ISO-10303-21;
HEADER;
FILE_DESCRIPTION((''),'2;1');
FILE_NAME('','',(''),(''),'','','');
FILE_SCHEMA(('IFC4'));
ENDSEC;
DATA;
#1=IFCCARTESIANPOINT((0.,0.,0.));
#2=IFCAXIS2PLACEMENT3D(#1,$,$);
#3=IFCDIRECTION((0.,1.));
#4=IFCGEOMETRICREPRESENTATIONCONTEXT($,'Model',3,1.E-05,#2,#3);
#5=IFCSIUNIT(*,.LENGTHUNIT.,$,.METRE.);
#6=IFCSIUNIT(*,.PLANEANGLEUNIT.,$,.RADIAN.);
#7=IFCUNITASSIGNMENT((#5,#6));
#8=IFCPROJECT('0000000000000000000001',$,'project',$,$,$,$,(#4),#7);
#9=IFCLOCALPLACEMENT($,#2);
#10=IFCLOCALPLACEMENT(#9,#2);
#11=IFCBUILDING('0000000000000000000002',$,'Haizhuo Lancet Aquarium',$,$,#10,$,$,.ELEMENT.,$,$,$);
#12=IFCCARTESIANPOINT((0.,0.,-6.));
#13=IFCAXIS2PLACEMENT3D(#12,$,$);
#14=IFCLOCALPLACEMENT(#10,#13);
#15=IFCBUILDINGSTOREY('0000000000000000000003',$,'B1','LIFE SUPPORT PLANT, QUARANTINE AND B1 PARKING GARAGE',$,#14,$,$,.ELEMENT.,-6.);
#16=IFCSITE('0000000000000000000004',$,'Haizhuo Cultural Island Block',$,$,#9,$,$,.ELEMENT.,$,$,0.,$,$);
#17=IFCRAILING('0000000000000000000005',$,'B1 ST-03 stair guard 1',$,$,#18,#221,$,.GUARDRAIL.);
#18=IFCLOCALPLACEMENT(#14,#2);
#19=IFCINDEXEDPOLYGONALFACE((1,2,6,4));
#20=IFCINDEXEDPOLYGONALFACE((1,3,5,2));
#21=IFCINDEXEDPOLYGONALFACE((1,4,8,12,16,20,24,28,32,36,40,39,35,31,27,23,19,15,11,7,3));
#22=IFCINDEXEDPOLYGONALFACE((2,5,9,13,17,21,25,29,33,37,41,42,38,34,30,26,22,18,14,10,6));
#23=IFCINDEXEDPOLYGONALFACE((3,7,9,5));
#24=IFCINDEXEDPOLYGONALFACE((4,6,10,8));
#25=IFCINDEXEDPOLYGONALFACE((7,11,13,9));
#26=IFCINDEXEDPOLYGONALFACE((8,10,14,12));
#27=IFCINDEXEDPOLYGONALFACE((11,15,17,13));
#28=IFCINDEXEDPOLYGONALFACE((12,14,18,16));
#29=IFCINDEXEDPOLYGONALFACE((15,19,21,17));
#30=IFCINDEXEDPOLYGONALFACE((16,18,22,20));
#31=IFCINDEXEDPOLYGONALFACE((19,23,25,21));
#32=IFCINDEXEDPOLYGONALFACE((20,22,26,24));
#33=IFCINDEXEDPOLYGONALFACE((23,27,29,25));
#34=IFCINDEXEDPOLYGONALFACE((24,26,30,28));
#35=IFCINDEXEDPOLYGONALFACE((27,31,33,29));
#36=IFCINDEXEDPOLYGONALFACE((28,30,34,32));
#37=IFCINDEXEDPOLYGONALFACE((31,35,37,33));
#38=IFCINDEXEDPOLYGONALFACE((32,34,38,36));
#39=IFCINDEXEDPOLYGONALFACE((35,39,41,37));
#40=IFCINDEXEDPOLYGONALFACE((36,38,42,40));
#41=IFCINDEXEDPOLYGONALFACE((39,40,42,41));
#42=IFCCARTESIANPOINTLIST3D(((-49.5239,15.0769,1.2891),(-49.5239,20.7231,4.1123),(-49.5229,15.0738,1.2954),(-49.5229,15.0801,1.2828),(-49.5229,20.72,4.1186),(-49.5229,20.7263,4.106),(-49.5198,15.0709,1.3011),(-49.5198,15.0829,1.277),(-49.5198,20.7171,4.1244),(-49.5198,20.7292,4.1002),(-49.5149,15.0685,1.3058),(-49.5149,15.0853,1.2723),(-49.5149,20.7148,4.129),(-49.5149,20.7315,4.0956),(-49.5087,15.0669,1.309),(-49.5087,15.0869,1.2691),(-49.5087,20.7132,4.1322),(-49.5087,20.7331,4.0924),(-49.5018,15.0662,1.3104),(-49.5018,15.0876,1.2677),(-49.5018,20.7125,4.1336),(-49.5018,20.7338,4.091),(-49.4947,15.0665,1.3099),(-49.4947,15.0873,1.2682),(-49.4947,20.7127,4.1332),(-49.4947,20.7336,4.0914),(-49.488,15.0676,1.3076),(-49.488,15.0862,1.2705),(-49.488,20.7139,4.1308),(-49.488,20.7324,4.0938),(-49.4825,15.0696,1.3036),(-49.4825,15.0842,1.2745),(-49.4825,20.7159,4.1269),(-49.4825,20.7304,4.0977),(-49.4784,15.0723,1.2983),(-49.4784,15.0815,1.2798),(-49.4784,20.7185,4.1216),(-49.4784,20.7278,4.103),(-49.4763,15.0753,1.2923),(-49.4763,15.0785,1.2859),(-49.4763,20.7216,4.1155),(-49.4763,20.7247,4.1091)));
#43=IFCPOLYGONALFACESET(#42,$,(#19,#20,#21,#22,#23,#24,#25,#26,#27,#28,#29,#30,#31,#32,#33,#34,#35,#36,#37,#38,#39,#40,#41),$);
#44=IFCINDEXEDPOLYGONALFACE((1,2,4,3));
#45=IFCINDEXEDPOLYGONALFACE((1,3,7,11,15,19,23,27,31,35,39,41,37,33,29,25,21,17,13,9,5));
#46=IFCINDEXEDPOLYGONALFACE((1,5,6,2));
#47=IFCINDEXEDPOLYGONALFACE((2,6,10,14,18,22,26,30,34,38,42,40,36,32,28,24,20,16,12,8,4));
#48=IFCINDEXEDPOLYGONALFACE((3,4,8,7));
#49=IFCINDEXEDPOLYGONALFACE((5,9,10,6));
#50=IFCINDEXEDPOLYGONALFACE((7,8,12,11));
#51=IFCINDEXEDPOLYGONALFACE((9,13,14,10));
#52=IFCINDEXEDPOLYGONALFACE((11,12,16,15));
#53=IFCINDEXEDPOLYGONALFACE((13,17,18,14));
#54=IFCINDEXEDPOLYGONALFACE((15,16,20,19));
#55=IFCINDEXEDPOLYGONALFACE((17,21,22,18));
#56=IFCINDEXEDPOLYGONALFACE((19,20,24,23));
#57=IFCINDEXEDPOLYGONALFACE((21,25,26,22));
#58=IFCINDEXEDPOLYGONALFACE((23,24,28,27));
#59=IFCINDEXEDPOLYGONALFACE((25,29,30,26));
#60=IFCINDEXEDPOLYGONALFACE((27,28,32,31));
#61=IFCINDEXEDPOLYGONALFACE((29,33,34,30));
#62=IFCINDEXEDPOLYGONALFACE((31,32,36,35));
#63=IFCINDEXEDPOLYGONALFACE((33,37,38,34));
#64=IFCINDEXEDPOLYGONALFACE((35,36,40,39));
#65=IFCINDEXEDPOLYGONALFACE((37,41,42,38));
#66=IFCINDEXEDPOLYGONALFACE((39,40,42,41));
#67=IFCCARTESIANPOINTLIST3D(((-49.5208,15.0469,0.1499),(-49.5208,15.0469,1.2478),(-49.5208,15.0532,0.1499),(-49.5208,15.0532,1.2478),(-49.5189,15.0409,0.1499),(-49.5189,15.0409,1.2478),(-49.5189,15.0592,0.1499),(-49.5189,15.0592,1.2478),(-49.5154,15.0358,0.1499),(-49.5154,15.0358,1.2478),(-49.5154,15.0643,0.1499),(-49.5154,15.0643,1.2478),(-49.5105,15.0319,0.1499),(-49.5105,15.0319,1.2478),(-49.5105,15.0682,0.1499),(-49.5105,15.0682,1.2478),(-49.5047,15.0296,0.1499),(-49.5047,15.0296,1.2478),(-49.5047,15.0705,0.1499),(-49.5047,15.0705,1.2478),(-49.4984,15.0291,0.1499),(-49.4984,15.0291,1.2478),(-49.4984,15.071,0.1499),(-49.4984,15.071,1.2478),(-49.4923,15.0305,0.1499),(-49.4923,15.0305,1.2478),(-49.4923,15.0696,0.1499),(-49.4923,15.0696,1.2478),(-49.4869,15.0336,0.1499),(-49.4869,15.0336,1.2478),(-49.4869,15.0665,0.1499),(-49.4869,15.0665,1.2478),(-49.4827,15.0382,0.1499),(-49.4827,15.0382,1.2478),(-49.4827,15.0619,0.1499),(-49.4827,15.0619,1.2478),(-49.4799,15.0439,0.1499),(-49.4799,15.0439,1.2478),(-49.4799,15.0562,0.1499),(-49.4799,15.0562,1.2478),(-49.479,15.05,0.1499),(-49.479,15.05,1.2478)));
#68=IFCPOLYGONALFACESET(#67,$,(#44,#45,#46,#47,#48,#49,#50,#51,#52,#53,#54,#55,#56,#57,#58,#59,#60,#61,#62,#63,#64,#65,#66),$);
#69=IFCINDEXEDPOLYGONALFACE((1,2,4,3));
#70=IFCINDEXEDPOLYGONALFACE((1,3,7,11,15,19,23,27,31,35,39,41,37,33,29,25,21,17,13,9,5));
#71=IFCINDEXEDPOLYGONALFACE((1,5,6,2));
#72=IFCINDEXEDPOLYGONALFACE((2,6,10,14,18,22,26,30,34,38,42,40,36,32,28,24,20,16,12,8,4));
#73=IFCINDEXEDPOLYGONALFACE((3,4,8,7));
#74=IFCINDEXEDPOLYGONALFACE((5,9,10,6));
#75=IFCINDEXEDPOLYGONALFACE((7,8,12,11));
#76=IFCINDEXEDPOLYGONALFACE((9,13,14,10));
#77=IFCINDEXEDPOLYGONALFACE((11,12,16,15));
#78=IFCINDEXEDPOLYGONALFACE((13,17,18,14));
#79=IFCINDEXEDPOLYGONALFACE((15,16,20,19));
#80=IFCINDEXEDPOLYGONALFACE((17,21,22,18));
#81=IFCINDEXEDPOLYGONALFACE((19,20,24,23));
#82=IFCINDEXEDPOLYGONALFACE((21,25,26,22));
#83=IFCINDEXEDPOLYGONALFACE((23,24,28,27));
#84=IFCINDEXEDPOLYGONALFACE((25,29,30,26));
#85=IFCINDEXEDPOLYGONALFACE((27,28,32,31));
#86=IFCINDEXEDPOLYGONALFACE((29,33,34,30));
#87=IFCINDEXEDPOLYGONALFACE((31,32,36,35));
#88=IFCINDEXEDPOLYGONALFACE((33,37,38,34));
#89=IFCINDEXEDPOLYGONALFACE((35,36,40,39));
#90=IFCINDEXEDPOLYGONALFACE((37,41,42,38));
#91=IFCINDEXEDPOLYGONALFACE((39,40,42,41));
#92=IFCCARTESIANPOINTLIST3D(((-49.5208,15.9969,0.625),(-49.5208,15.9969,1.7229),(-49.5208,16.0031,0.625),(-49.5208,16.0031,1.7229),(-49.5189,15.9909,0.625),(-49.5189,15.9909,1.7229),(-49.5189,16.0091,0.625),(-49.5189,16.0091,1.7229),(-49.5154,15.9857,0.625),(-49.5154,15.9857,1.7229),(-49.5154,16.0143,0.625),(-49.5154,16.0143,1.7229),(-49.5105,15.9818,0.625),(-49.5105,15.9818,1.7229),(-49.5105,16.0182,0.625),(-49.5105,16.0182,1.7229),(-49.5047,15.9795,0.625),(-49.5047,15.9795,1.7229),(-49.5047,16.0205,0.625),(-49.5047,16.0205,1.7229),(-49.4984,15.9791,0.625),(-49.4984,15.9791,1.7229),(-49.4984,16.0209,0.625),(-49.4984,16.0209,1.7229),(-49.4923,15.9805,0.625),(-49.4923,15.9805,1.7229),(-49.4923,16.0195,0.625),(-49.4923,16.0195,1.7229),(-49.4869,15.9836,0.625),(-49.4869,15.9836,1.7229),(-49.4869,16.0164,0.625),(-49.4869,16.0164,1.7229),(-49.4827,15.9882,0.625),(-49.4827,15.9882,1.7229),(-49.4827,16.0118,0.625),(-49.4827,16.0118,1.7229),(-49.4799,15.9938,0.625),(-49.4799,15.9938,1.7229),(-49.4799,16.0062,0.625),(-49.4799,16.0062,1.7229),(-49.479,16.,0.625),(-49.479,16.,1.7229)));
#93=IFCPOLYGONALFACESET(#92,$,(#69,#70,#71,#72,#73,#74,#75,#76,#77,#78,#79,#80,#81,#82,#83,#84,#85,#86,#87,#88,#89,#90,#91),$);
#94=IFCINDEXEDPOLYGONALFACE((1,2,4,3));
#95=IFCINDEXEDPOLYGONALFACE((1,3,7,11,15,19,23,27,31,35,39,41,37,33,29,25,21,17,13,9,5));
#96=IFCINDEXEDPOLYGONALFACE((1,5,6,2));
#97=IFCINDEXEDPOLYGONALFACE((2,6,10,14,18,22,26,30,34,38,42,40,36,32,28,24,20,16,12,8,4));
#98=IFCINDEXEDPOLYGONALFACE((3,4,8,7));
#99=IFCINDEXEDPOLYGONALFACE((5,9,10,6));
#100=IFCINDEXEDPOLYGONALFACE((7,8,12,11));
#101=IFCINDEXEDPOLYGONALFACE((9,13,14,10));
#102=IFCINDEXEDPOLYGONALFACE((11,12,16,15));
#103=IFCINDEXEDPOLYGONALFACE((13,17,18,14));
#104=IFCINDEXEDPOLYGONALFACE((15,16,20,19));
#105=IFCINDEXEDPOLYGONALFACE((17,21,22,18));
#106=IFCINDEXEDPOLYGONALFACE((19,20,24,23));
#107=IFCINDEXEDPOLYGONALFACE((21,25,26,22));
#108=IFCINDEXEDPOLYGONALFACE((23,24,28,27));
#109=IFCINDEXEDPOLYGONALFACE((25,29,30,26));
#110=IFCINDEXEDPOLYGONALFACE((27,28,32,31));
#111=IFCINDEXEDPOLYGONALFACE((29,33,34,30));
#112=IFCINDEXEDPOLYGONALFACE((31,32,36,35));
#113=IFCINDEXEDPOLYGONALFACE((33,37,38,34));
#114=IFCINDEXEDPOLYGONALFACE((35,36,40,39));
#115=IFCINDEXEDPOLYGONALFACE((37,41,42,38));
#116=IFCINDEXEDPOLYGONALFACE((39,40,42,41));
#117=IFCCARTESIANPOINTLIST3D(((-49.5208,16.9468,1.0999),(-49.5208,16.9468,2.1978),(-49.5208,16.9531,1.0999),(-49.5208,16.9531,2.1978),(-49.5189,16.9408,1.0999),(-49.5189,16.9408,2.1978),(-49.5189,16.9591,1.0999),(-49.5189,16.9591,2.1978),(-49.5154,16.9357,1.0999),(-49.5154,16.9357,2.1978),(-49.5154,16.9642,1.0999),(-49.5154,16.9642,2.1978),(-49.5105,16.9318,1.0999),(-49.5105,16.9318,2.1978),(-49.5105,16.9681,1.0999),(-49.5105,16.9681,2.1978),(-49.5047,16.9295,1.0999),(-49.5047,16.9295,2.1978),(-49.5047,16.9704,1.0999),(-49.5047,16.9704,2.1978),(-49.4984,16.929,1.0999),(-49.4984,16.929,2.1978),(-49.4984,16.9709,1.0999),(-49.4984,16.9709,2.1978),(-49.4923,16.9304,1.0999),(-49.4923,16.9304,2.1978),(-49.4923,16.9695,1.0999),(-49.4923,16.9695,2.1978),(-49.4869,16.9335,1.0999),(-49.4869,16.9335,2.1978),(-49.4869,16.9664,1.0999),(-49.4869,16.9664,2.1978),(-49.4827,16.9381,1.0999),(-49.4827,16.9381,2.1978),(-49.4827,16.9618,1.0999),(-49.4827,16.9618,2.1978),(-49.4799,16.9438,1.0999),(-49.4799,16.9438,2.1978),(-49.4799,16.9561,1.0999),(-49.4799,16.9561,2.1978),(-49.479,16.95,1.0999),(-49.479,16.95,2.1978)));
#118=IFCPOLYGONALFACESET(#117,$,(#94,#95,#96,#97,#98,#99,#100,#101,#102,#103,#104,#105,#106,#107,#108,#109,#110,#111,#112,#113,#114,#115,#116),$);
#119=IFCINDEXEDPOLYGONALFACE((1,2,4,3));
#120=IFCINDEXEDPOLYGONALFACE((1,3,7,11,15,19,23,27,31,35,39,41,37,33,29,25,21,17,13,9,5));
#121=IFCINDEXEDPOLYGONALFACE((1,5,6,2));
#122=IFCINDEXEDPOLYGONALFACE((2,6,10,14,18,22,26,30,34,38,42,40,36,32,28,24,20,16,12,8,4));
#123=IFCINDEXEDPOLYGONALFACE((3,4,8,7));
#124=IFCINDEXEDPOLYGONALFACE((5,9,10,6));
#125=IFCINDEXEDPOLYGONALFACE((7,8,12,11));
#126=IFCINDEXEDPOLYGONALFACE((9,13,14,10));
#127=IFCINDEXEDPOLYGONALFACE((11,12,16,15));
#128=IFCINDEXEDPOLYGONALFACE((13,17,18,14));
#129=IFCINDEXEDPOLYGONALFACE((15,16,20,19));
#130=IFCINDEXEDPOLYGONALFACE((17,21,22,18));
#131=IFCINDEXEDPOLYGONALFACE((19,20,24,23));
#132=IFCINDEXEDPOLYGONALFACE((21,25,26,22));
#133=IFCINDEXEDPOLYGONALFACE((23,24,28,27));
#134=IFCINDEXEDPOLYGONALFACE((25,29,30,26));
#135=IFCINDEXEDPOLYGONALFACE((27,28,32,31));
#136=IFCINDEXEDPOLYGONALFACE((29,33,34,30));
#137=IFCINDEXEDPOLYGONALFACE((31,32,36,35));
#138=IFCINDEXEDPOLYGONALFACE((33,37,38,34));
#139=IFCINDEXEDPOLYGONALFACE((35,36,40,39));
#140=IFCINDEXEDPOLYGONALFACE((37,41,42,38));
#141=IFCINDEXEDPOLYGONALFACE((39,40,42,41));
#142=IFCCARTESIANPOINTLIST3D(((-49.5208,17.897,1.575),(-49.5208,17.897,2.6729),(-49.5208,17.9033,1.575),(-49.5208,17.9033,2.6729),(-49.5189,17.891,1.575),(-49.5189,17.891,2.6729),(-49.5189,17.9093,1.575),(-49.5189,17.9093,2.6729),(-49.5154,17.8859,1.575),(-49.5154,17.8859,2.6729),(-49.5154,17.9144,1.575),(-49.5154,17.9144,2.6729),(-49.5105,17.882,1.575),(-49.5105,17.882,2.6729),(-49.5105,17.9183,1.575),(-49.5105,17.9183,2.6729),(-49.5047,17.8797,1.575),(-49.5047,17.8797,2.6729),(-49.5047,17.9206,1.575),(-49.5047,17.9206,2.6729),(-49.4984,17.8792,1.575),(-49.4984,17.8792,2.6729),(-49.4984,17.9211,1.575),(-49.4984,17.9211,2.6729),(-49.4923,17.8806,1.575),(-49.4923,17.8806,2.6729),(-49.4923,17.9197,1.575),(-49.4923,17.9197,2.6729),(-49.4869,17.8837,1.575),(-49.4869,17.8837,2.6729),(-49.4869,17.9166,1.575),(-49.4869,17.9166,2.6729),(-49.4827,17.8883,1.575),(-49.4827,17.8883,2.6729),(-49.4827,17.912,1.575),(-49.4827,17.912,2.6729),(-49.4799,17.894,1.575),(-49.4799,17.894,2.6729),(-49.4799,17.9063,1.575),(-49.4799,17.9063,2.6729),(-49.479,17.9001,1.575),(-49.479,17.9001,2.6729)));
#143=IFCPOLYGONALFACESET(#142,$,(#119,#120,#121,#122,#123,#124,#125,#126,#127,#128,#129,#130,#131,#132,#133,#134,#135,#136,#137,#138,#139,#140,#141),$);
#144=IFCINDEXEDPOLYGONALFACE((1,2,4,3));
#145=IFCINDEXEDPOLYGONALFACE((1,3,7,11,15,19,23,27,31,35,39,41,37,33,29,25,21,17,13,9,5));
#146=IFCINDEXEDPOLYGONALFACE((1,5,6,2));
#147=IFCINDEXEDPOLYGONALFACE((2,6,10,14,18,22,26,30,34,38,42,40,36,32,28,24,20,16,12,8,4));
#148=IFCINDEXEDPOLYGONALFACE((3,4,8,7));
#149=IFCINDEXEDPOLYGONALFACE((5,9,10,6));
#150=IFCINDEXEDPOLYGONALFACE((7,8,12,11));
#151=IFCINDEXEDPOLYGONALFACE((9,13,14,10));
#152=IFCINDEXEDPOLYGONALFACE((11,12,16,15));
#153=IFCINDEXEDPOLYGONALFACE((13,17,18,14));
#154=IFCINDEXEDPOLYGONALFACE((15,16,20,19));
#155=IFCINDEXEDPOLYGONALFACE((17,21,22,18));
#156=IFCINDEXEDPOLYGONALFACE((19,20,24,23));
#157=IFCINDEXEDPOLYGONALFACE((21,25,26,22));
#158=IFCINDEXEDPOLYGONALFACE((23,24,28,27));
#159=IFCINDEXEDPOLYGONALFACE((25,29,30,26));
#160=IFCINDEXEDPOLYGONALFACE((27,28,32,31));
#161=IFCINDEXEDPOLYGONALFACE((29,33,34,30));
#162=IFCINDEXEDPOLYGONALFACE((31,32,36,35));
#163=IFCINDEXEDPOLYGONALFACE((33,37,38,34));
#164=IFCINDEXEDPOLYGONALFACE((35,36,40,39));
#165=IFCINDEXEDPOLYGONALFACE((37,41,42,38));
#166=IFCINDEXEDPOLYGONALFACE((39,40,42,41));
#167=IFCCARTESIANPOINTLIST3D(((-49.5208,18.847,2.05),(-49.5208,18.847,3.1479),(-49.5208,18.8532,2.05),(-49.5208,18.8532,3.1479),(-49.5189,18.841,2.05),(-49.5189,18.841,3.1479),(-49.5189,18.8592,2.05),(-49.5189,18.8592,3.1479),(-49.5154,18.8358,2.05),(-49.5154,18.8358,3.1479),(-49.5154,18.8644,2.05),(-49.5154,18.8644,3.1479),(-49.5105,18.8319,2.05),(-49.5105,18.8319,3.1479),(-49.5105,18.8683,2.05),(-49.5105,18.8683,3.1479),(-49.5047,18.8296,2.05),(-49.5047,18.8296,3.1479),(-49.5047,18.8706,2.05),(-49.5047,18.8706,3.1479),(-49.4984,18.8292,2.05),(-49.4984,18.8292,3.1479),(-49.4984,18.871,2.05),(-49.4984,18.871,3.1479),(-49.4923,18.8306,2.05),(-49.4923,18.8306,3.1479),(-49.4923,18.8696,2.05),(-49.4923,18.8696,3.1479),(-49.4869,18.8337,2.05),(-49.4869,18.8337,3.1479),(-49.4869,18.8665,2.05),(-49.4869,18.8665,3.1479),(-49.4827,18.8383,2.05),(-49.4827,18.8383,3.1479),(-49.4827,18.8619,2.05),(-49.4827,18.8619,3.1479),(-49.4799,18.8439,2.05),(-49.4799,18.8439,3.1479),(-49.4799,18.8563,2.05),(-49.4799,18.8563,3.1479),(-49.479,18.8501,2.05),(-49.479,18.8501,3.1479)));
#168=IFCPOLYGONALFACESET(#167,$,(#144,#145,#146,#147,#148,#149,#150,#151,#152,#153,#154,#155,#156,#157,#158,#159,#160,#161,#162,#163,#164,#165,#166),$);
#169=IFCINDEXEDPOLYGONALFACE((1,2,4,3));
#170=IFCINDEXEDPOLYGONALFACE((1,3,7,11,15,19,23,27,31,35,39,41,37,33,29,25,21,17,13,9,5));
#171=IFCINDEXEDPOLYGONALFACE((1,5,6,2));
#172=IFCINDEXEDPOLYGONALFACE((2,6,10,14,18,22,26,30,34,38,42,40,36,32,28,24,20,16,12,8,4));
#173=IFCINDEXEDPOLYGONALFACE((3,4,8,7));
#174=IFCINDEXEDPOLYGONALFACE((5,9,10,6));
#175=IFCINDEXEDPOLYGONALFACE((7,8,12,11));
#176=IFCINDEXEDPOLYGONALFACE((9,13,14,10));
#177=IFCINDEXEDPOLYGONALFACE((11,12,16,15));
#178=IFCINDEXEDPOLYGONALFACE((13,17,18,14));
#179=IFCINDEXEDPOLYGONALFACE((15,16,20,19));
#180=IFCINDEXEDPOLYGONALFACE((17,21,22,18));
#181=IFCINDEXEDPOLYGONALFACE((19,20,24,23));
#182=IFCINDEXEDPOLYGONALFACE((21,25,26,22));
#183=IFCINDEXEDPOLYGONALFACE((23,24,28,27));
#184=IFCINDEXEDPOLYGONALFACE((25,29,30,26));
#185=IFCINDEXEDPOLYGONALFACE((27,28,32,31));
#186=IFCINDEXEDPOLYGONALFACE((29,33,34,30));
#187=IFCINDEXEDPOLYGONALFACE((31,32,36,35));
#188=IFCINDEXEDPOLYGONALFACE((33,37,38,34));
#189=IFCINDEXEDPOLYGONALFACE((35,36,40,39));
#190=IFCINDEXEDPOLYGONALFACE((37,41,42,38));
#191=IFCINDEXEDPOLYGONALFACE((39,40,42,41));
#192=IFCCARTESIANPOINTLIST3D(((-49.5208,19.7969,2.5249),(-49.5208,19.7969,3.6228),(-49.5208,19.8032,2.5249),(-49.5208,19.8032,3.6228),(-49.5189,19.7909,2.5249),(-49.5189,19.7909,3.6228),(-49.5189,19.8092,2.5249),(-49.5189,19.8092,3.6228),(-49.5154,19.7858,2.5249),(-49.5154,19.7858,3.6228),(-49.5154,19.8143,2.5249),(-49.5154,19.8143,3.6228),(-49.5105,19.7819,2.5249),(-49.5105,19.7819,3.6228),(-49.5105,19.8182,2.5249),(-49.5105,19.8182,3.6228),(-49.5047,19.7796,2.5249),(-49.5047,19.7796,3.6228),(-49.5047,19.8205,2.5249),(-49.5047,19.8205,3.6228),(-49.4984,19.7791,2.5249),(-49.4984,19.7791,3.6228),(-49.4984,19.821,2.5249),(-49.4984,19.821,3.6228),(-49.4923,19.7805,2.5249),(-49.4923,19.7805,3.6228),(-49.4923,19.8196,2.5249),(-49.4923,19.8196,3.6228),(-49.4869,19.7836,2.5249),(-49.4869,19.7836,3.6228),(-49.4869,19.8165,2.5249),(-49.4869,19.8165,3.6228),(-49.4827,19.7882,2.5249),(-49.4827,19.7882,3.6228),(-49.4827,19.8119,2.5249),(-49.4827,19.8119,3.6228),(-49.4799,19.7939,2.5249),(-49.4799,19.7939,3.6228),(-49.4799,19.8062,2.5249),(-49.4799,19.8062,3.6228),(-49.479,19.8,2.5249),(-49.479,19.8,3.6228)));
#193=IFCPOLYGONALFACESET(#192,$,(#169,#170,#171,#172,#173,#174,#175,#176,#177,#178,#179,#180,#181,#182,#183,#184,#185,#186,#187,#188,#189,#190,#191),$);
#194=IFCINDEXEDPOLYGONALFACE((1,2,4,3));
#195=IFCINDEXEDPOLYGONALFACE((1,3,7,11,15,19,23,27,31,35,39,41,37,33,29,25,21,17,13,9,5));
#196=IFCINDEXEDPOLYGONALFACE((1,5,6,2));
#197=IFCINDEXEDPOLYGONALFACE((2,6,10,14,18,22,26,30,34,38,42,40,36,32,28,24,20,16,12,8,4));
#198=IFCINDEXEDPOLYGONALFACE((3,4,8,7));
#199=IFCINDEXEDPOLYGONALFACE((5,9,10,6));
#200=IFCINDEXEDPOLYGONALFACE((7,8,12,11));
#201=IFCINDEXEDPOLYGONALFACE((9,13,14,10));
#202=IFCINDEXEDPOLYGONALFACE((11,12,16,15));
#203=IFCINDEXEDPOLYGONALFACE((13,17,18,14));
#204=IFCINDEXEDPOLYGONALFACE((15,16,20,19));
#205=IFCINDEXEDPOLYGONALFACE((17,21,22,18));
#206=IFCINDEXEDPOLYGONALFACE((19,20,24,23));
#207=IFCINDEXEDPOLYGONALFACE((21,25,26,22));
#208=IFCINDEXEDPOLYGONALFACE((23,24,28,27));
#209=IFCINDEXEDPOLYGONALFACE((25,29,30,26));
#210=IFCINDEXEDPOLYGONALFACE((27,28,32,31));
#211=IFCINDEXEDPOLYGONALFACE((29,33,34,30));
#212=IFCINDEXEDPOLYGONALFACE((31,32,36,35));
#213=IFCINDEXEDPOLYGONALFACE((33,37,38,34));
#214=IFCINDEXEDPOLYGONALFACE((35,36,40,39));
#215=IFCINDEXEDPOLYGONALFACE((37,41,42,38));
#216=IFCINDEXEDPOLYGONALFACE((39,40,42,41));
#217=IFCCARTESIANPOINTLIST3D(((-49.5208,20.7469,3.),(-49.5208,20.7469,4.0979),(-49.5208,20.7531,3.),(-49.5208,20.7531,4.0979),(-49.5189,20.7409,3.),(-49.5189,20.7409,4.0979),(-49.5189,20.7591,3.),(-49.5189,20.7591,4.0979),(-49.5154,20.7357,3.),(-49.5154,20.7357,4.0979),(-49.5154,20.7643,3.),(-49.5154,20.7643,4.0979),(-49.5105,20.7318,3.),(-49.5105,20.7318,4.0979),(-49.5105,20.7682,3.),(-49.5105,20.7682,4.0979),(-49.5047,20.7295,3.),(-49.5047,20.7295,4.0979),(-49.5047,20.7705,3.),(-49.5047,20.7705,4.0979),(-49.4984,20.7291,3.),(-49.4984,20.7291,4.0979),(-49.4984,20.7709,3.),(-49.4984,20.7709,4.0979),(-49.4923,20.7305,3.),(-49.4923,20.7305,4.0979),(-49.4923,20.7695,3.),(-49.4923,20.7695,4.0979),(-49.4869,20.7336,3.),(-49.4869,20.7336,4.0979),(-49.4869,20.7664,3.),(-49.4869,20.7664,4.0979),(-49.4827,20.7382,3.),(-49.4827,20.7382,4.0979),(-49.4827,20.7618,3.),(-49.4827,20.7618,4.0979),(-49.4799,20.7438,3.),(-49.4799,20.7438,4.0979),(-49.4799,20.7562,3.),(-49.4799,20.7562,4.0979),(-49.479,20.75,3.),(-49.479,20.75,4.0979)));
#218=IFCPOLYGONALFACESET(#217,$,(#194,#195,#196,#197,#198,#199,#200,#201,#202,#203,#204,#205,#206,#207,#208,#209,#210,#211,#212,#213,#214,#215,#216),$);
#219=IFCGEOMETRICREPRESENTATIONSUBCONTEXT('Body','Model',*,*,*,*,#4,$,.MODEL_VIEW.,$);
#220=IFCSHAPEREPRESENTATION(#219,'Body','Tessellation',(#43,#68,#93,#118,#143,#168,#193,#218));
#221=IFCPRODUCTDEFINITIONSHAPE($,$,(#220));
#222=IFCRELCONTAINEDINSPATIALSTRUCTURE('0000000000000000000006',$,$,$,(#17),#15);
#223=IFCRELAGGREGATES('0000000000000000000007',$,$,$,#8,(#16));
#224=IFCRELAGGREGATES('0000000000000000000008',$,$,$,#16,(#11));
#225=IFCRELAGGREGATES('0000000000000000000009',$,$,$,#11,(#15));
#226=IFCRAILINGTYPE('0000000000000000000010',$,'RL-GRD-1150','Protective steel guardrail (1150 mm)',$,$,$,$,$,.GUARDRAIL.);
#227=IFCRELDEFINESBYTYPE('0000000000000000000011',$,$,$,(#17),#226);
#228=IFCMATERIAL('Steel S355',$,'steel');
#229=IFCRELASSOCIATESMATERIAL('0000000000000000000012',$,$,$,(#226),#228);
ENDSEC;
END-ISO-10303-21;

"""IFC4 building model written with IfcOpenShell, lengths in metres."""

from ifc_helpers import new_model, si_unit, direction, frame, origin, origin_2d, place, context, subcontext, project, spatial, circle, extrude, material, type_object, element, save


model = new_model("IFC4")

# Units and contexts
model_context = context("Model", 3, precision=1e-05, world=origin(), true_north=direction((0.0, 1.0)))
body_context = subcontext(model_context, "Body", "Model", "MODEL_VIEW")
ifc_project = project(units=[si_unit("LENGTHUNIT", "METRE"), si_unit("PLANEANGLEUNIT", "RADIAN")], contexts=[model_context])

# Site, building, storey
site_placement = place(None, origin())
site = spatial("IfcSite", under=ifc_project, at=site_placement, Name="Haizhuo Cultural Island Block", CompositionType="ELEMENT", RefElevation=0.0)
building_placement = place(site_placement, origin())
building = spatial("IfcBuilding", under=site, at=building_placement, Name="Haizhuo Lancet Aquarium", CompositionType="ELEMENT")
storey_placement = place(building_placement, frame((0.0, 0.0, -6.0)))
storey = spatial("IfcBuildingStorey", under=building, at=storey_placement, Name="B1", Description="LIFE SUPPORT PLANT, QUARANTINE AND B1 PARKING GARAGE", CompositionType="ELEMENT", Elevation=-6.0)

# Shared definitions
ifc_material_1 = material(Name="Steel S355", Category="steel")

# Railing
railing_type_1 = type_object("IfcRailingType", Name="RL-GRD-1150", Description="Protective steel guardrail (1150 mm)", PredefinedType="GUARDRAIL", material=ifc_material_1)
railing_1_placement = place(storey_placement, frame((-49.5, 15.05, 0.1499)))
element("IfcRailing", 1, at=railing_1_placement, inside=storey, type_object=railing_type_1, Name="B1 ST-03 stair guard 1", PredefinedType="GUARDRAIL", context=body_context, shape_type="SweptSolid", body=[
    extrude(circle(Radius=0.0239, at=origin_2d()), frame((0.0, 0.0269, 1.1392), z_axis=(0.0, 0.89442, 0.447229), x_axis=(-1.0, 0.0, 0.0)), (0.0, 0.0, 1.0), 6.3127),
    extrude(circle(Radius=0.021, at=origin_2d()), origin(), (0.0, 0.0, 1.0), 1.0979),
    extrude(circle(Radius=0.021, at=origin_2d()), frame((0.0, 0.95, 0.4751)), (0.0, 0.0, 1.0), 1.0979),
    extrude(circle(Radius=0.021, at=origin_2d()), frame((0.0, 1.8999, 0.95)), (0.0, 0.0, 1.0), 1.0979),
    extrude(circle(Radius=0.021, at=origin_2d()), frame((0.0, 2.8501, 1.425)), (0.0, 0.0, 1.0), 1.0979),
    extrude(circle(Radius=0.021, at=origin_2d()), frame((0.0, 3.8, 1.9001)), (0.0, 0.0, 1.0), 1.0979),
    extrude(circle(Radius=0.021, at=origin_2d()), frame((0.0, 4.75, 2.375)), (0.0, 0.0, 1.0), 1.0979),
    extrude(circle(Radius=0.021, at=origin_2d()), frame((0.0, 5.7, 2.8501)), (0.0, 0.0, 1.0), 1.0979),
])

save(model, "model.ifc")
